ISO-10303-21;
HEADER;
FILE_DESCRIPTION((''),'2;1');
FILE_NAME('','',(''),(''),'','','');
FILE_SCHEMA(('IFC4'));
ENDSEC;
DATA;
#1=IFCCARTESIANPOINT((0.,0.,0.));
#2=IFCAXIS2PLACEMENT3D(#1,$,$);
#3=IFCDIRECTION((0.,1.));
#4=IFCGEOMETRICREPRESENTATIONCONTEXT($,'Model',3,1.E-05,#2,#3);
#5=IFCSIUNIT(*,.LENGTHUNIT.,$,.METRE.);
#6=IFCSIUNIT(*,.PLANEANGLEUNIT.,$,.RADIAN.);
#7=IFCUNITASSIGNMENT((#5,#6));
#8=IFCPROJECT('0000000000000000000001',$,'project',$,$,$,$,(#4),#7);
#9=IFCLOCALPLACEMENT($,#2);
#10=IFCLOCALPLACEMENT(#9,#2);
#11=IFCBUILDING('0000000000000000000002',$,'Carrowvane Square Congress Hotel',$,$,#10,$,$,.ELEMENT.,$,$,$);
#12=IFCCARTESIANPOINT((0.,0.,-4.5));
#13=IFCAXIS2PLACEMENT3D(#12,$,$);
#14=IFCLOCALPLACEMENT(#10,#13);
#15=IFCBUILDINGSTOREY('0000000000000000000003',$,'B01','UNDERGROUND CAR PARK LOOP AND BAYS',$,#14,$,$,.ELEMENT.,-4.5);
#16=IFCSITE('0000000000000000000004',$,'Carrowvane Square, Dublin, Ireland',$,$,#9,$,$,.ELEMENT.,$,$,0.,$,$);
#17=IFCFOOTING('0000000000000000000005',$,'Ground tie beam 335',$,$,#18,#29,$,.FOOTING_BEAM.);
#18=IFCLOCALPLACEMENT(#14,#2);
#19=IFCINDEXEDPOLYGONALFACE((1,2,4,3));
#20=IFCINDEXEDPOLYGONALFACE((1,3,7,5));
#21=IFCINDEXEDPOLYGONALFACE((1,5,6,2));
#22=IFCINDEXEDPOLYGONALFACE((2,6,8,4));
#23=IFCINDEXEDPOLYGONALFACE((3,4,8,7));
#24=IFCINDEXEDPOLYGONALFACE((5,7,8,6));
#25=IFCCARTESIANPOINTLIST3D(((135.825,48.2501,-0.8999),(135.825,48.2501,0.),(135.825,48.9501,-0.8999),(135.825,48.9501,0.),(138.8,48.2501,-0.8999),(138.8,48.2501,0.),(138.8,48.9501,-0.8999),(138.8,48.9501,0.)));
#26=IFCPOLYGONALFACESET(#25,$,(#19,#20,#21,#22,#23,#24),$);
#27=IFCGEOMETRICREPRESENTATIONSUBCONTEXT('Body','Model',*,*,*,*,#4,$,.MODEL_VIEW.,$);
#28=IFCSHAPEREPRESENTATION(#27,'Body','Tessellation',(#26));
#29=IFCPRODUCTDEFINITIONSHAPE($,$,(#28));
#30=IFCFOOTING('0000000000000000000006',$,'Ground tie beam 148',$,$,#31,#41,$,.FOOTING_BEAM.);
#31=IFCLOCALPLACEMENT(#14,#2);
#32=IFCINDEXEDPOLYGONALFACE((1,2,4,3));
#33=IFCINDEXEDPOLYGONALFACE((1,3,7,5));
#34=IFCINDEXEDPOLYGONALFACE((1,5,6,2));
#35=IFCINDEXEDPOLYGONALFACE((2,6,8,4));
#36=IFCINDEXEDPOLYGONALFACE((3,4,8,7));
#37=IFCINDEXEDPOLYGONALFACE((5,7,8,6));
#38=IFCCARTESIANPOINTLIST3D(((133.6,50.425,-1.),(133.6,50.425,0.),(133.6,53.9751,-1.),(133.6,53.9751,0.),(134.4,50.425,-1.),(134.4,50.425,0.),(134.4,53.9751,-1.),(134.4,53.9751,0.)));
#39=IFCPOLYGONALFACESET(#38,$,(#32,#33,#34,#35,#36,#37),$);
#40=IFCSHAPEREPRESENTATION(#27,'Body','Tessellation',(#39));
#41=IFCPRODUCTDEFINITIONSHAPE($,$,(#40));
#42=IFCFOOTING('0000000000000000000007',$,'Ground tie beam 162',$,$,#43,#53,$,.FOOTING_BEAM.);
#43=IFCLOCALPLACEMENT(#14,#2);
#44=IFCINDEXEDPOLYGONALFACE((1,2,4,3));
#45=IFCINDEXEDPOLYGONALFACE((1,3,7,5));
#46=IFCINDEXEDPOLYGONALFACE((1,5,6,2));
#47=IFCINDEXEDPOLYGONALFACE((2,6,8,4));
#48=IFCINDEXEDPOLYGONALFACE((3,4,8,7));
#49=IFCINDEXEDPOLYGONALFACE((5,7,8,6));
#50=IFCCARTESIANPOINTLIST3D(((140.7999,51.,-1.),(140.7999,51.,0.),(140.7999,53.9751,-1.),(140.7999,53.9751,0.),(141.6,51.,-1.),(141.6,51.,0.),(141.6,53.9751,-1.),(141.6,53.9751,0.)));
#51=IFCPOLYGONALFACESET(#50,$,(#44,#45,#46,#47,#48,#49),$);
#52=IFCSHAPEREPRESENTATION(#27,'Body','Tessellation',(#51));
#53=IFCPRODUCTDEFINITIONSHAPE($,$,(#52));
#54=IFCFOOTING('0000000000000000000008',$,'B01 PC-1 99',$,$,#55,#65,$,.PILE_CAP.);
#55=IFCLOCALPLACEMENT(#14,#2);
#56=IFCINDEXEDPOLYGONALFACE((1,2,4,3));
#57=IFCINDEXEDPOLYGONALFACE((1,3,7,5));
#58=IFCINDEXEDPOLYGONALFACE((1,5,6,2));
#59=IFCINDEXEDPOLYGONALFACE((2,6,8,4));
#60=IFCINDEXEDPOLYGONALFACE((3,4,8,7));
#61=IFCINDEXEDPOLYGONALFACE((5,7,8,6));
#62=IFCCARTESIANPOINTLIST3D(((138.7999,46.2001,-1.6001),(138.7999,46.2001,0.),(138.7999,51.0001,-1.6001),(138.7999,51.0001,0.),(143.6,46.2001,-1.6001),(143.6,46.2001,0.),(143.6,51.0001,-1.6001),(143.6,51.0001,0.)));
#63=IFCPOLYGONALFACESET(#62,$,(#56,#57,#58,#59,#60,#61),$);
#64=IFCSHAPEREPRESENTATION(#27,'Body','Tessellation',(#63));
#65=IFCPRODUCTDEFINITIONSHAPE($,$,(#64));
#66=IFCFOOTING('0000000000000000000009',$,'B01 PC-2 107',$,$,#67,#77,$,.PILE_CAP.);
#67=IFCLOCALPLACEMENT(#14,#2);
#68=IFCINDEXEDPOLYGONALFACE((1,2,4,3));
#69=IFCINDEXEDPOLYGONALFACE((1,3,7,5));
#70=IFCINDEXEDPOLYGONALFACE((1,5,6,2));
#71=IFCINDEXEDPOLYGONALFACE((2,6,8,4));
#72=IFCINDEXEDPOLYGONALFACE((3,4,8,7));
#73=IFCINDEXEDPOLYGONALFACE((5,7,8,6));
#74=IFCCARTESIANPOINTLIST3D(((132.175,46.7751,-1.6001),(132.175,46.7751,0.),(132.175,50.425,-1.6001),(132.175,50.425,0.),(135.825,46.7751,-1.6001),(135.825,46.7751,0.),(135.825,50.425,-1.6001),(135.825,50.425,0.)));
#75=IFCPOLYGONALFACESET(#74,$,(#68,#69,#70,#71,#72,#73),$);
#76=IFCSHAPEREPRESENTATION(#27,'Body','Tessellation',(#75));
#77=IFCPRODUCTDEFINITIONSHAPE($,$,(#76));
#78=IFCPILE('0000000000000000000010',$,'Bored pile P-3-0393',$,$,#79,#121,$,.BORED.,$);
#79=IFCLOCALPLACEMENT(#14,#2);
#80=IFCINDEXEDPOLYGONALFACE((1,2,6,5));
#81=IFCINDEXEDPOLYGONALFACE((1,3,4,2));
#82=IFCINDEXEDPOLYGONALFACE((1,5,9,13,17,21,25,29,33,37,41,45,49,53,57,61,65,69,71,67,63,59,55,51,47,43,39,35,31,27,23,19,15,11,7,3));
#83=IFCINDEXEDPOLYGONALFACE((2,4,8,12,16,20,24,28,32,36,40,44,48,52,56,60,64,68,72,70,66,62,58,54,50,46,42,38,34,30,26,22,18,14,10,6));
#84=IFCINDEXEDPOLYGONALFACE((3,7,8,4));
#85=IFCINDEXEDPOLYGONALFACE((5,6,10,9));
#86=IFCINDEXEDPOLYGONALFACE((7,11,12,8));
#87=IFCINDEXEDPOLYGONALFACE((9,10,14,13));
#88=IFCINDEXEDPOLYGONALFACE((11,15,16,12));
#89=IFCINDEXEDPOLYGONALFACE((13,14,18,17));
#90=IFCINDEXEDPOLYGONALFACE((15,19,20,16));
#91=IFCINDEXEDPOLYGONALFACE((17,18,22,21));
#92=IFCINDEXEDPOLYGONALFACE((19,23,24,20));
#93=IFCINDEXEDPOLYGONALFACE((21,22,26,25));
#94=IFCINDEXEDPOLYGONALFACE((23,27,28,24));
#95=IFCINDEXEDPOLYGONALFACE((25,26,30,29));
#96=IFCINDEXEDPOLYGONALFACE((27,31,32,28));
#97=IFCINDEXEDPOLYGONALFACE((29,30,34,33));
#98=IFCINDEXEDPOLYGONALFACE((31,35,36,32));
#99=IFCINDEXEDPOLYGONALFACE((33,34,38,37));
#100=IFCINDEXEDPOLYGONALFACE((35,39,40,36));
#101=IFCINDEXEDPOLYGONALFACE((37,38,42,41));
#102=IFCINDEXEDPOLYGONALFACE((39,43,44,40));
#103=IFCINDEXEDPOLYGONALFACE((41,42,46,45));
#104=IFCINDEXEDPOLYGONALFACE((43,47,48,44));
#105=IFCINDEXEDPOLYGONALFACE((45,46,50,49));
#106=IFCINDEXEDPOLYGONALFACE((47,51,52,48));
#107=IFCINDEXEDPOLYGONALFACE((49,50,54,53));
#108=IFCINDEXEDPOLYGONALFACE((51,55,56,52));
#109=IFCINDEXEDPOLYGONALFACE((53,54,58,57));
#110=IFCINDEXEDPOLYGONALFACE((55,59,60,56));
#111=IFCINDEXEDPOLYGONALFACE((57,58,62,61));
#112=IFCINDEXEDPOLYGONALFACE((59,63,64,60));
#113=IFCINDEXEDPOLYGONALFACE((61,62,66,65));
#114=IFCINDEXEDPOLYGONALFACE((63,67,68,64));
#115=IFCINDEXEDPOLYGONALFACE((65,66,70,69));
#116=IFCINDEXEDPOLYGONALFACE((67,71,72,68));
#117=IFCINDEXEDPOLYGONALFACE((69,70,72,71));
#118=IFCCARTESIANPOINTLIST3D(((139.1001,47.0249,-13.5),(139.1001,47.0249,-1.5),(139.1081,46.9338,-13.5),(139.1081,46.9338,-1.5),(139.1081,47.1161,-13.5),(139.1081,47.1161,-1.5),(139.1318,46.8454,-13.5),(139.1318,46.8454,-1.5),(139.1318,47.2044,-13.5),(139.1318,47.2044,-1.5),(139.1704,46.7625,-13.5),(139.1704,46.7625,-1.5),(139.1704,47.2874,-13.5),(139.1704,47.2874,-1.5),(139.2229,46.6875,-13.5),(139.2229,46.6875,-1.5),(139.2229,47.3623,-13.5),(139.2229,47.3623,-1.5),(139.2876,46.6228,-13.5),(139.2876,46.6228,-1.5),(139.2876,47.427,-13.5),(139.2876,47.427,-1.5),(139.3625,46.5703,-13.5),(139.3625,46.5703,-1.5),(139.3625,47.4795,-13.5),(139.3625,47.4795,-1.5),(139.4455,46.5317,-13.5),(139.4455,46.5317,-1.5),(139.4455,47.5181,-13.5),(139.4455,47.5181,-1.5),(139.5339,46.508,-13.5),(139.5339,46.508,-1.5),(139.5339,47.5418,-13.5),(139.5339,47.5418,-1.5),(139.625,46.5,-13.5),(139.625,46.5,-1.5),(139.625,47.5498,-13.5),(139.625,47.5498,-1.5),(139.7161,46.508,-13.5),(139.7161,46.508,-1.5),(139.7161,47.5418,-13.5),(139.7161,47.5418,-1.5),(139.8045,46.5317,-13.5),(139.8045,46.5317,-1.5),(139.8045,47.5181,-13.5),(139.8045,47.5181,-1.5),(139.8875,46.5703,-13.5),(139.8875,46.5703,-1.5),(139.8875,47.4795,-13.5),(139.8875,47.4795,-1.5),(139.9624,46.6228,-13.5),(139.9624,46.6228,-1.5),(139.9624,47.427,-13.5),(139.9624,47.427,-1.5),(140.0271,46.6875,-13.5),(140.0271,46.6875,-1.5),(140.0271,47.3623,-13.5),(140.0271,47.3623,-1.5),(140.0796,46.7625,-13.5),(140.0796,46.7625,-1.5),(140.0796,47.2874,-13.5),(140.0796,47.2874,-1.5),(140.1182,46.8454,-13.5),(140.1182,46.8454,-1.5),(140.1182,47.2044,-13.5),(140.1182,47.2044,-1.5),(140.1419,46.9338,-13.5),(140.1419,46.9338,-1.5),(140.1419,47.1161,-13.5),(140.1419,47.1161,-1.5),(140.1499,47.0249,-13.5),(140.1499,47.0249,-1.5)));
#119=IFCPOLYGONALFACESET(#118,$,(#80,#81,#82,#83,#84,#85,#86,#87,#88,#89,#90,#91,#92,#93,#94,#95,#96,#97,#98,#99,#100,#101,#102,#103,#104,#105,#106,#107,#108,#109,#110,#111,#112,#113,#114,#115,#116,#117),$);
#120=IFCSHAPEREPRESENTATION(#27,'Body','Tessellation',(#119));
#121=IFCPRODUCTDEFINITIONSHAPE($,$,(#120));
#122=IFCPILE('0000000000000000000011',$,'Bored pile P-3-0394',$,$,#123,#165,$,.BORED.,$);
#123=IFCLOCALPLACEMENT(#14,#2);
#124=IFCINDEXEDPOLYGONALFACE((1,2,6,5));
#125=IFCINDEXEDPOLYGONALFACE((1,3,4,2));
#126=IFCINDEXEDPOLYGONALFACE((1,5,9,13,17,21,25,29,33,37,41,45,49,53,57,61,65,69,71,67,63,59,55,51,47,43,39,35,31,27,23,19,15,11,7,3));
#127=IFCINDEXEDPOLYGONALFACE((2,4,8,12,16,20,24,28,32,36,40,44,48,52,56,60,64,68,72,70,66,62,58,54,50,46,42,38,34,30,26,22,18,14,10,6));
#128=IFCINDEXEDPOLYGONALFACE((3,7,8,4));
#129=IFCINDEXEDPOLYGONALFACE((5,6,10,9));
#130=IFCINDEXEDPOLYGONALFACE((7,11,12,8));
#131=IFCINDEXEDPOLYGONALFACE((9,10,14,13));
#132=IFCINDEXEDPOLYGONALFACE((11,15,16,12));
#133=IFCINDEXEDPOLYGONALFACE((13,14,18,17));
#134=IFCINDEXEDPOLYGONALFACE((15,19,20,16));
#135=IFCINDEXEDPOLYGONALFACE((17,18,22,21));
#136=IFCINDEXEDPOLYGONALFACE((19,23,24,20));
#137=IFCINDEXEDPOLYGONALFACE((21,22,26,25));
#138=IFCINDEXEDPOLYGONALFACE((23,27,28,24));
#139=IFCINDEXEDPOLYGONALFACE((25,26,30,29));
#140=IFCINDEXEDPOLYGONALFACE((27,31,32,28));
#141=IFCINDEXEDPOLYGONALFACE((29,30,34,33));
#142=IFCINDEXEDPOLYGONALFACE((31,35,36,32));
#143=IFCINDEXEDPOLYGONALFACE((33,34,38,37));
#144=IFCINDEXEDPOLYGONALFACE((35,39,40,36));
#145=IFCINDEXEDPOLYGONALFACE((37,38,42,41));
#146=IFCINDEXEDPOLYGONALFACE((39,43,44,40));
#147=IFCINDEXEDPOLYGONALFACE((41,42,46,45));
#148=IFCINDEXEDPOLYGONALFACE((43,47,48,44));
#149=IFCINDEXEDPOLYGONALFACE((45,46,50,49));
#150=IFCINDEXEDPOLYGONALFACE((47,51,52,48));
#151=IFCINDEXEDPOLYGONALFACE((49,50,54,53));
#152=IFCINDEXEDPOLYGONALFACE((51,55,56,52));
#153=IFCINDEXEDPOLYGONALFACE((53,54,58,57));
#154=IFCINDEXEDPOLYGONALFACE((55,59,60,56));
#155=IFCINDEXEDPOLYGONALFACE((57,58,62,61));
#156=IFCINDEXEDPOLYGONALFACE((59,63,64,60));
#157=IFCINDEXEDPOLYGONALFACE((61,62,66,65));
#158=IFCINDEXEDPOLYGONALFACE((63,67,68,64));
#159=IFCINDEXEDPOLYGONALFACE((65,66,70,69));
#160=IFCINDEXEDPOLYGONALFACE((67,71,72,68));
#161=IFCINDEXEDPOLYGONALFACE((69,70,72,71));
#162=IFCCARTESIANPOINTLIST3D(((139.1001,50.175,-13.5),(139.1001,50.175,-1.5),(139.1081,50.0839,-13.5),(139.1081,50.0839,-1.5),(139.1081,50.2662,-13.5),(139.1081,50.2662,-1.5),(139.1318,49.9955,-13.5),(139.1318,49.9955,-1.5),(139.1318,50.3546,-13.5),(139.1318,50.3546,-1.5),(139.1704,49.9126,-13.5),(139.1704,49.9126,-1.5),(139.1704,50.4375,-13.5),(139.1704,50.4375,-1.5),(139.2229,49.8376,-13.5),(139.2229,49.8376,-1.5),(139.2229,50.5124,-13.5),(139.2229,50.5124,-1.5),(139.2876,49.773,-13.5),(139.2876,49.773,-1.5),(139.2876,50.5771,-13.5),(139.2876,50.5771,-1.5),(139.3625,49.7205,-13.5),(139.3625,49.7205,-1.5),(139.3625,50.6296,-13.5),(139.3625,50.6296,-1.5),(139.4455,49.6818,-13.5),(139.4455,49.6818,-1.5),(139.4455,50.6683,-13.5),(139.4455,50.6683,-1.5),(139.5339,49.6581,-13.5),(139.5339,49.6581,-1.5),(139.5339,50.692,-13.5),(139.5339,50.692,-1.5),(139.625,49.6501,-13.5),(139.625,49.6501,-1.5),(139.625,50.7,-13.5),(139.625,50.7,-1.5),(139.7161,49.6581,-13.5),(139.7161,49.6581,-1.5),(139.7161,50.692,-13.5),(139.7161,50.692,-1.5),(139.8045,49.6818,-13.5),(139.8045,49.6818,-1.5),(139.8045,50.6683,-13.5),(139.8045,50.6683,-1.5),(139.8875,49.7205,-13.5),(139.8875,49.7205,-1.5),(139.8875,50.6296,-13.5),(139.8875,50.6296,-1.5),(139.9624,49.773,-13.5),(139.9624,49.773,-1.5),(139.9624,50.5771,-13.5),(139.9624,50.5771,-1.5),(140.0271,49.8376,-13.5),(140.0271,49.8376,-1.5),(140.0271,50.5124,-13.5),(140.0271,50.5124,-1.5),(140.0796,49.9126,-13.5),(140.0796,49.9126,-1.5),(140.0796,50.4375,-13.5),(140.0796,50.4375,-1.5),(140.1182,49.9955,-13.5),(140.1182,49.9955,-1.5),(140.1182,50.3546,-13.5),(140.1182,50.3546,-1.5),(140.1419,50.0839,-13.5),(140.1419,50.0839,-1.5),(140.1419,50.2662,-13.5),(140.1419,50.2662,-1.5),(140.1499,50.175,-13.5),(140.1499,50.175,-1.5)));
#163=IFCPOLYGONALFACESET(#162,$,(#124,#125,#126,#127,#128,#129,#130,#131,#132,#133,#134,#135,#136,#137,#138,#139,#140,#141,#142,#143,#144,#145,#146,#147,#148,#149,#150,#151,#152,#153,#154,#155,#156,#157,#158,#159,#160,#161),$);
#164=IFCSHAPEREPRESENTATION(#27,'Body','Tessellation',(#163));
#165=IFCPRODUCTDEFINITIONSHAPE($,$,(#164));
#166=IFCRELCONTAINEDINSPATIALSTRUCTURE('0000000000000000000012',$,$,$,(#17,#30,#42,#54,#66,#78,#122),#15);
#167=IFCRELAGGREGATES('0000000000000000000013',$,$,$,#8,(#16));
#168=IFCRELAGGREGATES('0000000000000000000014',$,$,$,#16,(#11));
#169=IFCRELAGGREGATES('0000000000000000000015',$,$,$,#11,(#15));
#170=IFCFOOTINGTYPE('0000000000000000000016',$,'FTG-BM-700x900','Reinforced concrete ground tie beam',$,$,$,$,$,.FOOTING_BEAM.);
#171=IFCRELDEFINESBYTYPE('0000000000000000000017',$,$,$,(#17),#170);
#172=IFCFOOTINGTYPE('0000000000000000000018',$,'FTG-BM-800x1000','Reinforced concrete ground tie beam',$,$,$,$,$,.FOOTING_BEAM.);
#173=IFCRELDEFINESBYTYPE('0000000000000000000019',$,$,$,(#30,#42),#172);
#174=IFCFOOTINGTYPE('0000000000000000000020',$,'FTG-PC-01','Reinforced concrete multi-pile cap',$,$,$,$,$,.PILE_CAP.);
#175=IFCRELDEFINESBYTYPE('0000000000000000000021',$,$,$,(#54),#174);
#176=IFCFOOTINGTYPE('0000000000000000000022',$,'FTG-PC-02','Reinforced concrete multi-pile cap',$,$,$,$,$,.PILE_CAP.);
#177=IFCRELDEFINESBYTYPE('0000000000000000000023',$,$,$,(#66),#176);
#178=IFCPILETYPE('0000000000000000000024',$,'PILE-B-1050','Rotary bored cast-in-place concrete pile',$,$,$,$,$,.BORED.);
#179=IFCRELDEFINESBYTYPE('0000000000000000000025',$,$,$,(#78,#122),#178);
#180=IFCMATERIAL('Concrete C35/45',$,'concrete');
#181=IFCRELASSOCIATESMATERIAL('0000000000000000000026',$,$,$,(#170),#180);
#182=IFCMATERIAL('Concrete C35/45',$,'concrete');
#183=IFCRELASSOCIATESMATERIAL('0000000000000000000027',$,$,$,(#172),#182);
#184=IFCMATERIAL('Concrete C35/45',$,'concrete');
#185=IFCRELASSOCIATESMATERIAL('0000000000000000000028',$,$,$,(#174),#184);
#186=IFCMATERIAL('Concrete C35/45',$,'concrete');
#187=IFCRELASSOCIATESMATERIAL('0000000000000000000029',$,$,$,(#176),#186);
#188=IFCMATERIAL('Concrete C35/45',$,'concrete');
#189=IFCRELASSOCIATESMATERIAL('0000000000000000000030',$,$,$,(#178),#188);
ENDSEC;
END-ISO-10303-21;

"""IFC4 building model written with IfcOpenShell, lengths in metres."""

from ifc_helpers import new_model, si_unit, direction, frame, origin, origin_2d, place, context, subcontext, project, spatial, rectangle, circle, extrude, material, material_profile, profile_set, type_object, element, save


model = new_model("IFC4")

# Units and contexts
model_context = context("Model", 3, precision=1e-05, world=origin(), true_north=direction((0.0, 1.0)))
body_context = subcontext(model_context, "Body", "Model", "MODEL_VIEW")
ifc_project = project(units=[si_unit("LENGTHUNIT", "METRE"), si_unit("PLANEANGLEUNIT", "RADIAN")], contexts=[model_context])

# Site, building, storey
site_placement = place(None, origin())
site = spatial("IfcSite", under=ifc_project, at=site_placement, Name="Carrowvane Square, Dublin, Ireland", CompositionType="ELEMENT", RefElevation=0.0)
building_placement = place(site_placement, origin())
building = spatial("IfcBuilding", under=site, at=building_placement, Name="Carrowvane Square Congress Hotel", CompositionType="ELEMENT")
storey_placement = place(building_placement, frame((0.0, 0.0, -4.5)))
storey = spatial("IfcBuildingStorey", under=building, at=storey_placement, Name="B01", Description="UNDERGROUND CAR PARK LOOP AND BAYS", CompositionType="ELEMENT", Elevation=-4.5)

# Footings
ifc_material_1 = material(Name="Concrete C35/45", Category="concrete")
ifc_material_profile_1 = material_profile(ifc_material_1, rectangle(XDim=0.7, YDim=0.8999, at=origin_2d()), Name="RC 700x900")
ifc_profile_set_1 = profile_set([ifc_material_profile_1], Name="Concrete C35/45")
footing_type_1 = type_object("IfcFootingType", Name="FTG-BM-700x900", Description="Reinforced concrete ground tie beam", PredefinedType="FOOTING_BEAM", material=ifc_profile_set_1)
footing_1_placement = place(storey_placement, frame((135.825, 48.6001, -0.45), z_axis=(1.0, 0.0, 0.0), x_axis=(0.0, 1.0, 0.0)))
element("IfcFooting", 1, at=footing_1_placement, inside=storey, type_object=footing_type_1, Name="Ground tie beam 335", PredefinedType="FOOTING_BEAM", context=body_context, shape_type="SweptSolid", body=[
    extrude(rectangle(XDim=0.7, YDim=0.8999, at=origin_2d()), origin(), (0.0, 0.0, 1.0), 2.9751),
])
ifc_material_2 = material(Name="Concrete C35/45", Category="concrete")
ifc_material_profile_2 = material_profile(ifc_material_2, rectangle(XDim=0.8, YDim=1.0, at=origin_2d()), Name="RC 800x1000")
ifc_profile_set_2 = profile_set([ifc_material_profile_2], Name="Concrete C35/45")
footing_type_2 = type_object("IfcFootingType", Name="FTG-BM-800x1000", Description="Reinforced concrete ground tie beam", PredefinedType="FOOTING_BEAM", material=ifc_profile_set_2)
footing_2_placement = place(storey_placement, frame((134.0, 50.425, -0.5), z_axis=(0.0, 1.0, 0.0), x_axis=(-1.0, 0.0, 0.0)))
element("IfcFooting", 2, at=footing_2_placement, inside=storey, type_object=footing_type_2, Name="Ground tie beam 148", PredefinedType="FOOTING_BEAM", context=body_context, shape_type="SweptSolid", body=[
    extrude(rectangle(XDim=0.8, YDim=1.0, at=origin_2d()), origin(), (0.0, 0.0, 1.0), 3.55),
])
footing_3_placement = place(storey_placement, frame((141.2, 51.0, -0.5), z_axis=(0.0, 1.0, 0.0), x_axis=(-1.0, 0.0, 0.0)))
element("IfcFooting", 3, at=footing_3_placement, inside=storey, type_object=footing_type_2, Name="Ground tie beam 162", PredefinedType="FOOTING_BEAM", context=body_context, shape_type="SweptSolid", body=[
    extrude(rectangle(XDim=0.8, YDim=1.0, at=origin_2d()), origin(), (0.0, 0.0, 1.0), 2.9751),
])
ifc_material_3 = material(Name="Concrete C35/45", Category="concrete")
footing_type_3 = type_object("IfcFootingType", Name="FTG-PC-01", Description="Reinforced concrete multi-pile cap", PredefinedType="PILE_CAP", material=ifc_material_3)
footing_4_placement = place(storey_placement, frame((141.2, 48.6001, -1.6001), z_axis=(0.0, 0.0, 1.0), x_axis=(1.0, 0.0, 0.0)))
element("IfcFooting", 4, at=footing_4_placement, inside=storey, type_object=footing_type_3, Name="B01 PC-1 99", PredefinedType="PILE_CAP", context=body_context, shape_type="SweptSolid", body=[
    extrude(rectangle(XDim=4.8, YDim=4.8, at=origin_2d()), origin(), (0.0, 0.0, 1.0), 1.6001),
])
ifc_material_4 = material(Name="Concrete C35/45", Category="concrete")
footing_type_4 = type_object("IfcFootingType", Name="FTG-PC-02", Description="Reinforced concrete multi-pile cap", PredefinedType="PILE_CAP", material=ifc_material_4)
footing_5_placement = place(storey_placement, frame((134.0, 48.6001, -1.6001), z_axis=(0.0, 0.0, 1.0), x_axis=(1.0, 0.0, 0.0)))
element("IfcFooting", 5, at=footing_5_placement, inside=storey, type_object=footing_type_4, Name="B01 PC-2 107", PredefinedType="PILE_CAP", context=body_context, shape_type="SweptSolid", body=[
    extrude(rectangle(XDim=3.6499, YDim=3.6499, at=origin_2d()), origin(), (0.0, 0.0, 1.0), 1.6001),
])

# Piles
ifc_material_5 = material(Name="Concrete C35/45", Category="concrete")
ifc_material_profile_3 = material_profile(ifc_material_5, circle(Radius=0.5249, at=origin_2d()), Name="PILE D1050")
ifc_profile_set_3 = profile_set([ifc_material_profile_3], Name="Concrete C35/45")
pile_type_1 = type_object("IfcPileType", Name="PILE-B-1050", Description="Rotary bored cast-in-place concrete pile", PredefinedType="BORED", material=ifc_profile_set_3)
for number, where, z_axis, x_axis, name in (
    (6, (139.625, 47.0249, -1.5), (0.0, 0.0, -1.0), (1.0, 0.0, 0.0), "Bored pile P-3-0393"),
    (7, (139.625, 50.175, -1.5), (0.0, 0.0, -1.0), (1.0, 0.0, 0.0), "Bored pile P-3-0394"),
):
    element("IfcPile", number, at=place(storey_placement, frame(where, z_axis=z_axis, x_axis=x_axis)), inside=storey, type_object=pile_type_1, Name=name, PredefinedType="BORED", context=body_context, shape_type="SweptSolid", body=[
        extrude(circle(Radius=0.5249, at=origin_2d()), origin(), (0.0, 0.0, 1.0), 12.0),
    ])

save(model, "model.ifc")
